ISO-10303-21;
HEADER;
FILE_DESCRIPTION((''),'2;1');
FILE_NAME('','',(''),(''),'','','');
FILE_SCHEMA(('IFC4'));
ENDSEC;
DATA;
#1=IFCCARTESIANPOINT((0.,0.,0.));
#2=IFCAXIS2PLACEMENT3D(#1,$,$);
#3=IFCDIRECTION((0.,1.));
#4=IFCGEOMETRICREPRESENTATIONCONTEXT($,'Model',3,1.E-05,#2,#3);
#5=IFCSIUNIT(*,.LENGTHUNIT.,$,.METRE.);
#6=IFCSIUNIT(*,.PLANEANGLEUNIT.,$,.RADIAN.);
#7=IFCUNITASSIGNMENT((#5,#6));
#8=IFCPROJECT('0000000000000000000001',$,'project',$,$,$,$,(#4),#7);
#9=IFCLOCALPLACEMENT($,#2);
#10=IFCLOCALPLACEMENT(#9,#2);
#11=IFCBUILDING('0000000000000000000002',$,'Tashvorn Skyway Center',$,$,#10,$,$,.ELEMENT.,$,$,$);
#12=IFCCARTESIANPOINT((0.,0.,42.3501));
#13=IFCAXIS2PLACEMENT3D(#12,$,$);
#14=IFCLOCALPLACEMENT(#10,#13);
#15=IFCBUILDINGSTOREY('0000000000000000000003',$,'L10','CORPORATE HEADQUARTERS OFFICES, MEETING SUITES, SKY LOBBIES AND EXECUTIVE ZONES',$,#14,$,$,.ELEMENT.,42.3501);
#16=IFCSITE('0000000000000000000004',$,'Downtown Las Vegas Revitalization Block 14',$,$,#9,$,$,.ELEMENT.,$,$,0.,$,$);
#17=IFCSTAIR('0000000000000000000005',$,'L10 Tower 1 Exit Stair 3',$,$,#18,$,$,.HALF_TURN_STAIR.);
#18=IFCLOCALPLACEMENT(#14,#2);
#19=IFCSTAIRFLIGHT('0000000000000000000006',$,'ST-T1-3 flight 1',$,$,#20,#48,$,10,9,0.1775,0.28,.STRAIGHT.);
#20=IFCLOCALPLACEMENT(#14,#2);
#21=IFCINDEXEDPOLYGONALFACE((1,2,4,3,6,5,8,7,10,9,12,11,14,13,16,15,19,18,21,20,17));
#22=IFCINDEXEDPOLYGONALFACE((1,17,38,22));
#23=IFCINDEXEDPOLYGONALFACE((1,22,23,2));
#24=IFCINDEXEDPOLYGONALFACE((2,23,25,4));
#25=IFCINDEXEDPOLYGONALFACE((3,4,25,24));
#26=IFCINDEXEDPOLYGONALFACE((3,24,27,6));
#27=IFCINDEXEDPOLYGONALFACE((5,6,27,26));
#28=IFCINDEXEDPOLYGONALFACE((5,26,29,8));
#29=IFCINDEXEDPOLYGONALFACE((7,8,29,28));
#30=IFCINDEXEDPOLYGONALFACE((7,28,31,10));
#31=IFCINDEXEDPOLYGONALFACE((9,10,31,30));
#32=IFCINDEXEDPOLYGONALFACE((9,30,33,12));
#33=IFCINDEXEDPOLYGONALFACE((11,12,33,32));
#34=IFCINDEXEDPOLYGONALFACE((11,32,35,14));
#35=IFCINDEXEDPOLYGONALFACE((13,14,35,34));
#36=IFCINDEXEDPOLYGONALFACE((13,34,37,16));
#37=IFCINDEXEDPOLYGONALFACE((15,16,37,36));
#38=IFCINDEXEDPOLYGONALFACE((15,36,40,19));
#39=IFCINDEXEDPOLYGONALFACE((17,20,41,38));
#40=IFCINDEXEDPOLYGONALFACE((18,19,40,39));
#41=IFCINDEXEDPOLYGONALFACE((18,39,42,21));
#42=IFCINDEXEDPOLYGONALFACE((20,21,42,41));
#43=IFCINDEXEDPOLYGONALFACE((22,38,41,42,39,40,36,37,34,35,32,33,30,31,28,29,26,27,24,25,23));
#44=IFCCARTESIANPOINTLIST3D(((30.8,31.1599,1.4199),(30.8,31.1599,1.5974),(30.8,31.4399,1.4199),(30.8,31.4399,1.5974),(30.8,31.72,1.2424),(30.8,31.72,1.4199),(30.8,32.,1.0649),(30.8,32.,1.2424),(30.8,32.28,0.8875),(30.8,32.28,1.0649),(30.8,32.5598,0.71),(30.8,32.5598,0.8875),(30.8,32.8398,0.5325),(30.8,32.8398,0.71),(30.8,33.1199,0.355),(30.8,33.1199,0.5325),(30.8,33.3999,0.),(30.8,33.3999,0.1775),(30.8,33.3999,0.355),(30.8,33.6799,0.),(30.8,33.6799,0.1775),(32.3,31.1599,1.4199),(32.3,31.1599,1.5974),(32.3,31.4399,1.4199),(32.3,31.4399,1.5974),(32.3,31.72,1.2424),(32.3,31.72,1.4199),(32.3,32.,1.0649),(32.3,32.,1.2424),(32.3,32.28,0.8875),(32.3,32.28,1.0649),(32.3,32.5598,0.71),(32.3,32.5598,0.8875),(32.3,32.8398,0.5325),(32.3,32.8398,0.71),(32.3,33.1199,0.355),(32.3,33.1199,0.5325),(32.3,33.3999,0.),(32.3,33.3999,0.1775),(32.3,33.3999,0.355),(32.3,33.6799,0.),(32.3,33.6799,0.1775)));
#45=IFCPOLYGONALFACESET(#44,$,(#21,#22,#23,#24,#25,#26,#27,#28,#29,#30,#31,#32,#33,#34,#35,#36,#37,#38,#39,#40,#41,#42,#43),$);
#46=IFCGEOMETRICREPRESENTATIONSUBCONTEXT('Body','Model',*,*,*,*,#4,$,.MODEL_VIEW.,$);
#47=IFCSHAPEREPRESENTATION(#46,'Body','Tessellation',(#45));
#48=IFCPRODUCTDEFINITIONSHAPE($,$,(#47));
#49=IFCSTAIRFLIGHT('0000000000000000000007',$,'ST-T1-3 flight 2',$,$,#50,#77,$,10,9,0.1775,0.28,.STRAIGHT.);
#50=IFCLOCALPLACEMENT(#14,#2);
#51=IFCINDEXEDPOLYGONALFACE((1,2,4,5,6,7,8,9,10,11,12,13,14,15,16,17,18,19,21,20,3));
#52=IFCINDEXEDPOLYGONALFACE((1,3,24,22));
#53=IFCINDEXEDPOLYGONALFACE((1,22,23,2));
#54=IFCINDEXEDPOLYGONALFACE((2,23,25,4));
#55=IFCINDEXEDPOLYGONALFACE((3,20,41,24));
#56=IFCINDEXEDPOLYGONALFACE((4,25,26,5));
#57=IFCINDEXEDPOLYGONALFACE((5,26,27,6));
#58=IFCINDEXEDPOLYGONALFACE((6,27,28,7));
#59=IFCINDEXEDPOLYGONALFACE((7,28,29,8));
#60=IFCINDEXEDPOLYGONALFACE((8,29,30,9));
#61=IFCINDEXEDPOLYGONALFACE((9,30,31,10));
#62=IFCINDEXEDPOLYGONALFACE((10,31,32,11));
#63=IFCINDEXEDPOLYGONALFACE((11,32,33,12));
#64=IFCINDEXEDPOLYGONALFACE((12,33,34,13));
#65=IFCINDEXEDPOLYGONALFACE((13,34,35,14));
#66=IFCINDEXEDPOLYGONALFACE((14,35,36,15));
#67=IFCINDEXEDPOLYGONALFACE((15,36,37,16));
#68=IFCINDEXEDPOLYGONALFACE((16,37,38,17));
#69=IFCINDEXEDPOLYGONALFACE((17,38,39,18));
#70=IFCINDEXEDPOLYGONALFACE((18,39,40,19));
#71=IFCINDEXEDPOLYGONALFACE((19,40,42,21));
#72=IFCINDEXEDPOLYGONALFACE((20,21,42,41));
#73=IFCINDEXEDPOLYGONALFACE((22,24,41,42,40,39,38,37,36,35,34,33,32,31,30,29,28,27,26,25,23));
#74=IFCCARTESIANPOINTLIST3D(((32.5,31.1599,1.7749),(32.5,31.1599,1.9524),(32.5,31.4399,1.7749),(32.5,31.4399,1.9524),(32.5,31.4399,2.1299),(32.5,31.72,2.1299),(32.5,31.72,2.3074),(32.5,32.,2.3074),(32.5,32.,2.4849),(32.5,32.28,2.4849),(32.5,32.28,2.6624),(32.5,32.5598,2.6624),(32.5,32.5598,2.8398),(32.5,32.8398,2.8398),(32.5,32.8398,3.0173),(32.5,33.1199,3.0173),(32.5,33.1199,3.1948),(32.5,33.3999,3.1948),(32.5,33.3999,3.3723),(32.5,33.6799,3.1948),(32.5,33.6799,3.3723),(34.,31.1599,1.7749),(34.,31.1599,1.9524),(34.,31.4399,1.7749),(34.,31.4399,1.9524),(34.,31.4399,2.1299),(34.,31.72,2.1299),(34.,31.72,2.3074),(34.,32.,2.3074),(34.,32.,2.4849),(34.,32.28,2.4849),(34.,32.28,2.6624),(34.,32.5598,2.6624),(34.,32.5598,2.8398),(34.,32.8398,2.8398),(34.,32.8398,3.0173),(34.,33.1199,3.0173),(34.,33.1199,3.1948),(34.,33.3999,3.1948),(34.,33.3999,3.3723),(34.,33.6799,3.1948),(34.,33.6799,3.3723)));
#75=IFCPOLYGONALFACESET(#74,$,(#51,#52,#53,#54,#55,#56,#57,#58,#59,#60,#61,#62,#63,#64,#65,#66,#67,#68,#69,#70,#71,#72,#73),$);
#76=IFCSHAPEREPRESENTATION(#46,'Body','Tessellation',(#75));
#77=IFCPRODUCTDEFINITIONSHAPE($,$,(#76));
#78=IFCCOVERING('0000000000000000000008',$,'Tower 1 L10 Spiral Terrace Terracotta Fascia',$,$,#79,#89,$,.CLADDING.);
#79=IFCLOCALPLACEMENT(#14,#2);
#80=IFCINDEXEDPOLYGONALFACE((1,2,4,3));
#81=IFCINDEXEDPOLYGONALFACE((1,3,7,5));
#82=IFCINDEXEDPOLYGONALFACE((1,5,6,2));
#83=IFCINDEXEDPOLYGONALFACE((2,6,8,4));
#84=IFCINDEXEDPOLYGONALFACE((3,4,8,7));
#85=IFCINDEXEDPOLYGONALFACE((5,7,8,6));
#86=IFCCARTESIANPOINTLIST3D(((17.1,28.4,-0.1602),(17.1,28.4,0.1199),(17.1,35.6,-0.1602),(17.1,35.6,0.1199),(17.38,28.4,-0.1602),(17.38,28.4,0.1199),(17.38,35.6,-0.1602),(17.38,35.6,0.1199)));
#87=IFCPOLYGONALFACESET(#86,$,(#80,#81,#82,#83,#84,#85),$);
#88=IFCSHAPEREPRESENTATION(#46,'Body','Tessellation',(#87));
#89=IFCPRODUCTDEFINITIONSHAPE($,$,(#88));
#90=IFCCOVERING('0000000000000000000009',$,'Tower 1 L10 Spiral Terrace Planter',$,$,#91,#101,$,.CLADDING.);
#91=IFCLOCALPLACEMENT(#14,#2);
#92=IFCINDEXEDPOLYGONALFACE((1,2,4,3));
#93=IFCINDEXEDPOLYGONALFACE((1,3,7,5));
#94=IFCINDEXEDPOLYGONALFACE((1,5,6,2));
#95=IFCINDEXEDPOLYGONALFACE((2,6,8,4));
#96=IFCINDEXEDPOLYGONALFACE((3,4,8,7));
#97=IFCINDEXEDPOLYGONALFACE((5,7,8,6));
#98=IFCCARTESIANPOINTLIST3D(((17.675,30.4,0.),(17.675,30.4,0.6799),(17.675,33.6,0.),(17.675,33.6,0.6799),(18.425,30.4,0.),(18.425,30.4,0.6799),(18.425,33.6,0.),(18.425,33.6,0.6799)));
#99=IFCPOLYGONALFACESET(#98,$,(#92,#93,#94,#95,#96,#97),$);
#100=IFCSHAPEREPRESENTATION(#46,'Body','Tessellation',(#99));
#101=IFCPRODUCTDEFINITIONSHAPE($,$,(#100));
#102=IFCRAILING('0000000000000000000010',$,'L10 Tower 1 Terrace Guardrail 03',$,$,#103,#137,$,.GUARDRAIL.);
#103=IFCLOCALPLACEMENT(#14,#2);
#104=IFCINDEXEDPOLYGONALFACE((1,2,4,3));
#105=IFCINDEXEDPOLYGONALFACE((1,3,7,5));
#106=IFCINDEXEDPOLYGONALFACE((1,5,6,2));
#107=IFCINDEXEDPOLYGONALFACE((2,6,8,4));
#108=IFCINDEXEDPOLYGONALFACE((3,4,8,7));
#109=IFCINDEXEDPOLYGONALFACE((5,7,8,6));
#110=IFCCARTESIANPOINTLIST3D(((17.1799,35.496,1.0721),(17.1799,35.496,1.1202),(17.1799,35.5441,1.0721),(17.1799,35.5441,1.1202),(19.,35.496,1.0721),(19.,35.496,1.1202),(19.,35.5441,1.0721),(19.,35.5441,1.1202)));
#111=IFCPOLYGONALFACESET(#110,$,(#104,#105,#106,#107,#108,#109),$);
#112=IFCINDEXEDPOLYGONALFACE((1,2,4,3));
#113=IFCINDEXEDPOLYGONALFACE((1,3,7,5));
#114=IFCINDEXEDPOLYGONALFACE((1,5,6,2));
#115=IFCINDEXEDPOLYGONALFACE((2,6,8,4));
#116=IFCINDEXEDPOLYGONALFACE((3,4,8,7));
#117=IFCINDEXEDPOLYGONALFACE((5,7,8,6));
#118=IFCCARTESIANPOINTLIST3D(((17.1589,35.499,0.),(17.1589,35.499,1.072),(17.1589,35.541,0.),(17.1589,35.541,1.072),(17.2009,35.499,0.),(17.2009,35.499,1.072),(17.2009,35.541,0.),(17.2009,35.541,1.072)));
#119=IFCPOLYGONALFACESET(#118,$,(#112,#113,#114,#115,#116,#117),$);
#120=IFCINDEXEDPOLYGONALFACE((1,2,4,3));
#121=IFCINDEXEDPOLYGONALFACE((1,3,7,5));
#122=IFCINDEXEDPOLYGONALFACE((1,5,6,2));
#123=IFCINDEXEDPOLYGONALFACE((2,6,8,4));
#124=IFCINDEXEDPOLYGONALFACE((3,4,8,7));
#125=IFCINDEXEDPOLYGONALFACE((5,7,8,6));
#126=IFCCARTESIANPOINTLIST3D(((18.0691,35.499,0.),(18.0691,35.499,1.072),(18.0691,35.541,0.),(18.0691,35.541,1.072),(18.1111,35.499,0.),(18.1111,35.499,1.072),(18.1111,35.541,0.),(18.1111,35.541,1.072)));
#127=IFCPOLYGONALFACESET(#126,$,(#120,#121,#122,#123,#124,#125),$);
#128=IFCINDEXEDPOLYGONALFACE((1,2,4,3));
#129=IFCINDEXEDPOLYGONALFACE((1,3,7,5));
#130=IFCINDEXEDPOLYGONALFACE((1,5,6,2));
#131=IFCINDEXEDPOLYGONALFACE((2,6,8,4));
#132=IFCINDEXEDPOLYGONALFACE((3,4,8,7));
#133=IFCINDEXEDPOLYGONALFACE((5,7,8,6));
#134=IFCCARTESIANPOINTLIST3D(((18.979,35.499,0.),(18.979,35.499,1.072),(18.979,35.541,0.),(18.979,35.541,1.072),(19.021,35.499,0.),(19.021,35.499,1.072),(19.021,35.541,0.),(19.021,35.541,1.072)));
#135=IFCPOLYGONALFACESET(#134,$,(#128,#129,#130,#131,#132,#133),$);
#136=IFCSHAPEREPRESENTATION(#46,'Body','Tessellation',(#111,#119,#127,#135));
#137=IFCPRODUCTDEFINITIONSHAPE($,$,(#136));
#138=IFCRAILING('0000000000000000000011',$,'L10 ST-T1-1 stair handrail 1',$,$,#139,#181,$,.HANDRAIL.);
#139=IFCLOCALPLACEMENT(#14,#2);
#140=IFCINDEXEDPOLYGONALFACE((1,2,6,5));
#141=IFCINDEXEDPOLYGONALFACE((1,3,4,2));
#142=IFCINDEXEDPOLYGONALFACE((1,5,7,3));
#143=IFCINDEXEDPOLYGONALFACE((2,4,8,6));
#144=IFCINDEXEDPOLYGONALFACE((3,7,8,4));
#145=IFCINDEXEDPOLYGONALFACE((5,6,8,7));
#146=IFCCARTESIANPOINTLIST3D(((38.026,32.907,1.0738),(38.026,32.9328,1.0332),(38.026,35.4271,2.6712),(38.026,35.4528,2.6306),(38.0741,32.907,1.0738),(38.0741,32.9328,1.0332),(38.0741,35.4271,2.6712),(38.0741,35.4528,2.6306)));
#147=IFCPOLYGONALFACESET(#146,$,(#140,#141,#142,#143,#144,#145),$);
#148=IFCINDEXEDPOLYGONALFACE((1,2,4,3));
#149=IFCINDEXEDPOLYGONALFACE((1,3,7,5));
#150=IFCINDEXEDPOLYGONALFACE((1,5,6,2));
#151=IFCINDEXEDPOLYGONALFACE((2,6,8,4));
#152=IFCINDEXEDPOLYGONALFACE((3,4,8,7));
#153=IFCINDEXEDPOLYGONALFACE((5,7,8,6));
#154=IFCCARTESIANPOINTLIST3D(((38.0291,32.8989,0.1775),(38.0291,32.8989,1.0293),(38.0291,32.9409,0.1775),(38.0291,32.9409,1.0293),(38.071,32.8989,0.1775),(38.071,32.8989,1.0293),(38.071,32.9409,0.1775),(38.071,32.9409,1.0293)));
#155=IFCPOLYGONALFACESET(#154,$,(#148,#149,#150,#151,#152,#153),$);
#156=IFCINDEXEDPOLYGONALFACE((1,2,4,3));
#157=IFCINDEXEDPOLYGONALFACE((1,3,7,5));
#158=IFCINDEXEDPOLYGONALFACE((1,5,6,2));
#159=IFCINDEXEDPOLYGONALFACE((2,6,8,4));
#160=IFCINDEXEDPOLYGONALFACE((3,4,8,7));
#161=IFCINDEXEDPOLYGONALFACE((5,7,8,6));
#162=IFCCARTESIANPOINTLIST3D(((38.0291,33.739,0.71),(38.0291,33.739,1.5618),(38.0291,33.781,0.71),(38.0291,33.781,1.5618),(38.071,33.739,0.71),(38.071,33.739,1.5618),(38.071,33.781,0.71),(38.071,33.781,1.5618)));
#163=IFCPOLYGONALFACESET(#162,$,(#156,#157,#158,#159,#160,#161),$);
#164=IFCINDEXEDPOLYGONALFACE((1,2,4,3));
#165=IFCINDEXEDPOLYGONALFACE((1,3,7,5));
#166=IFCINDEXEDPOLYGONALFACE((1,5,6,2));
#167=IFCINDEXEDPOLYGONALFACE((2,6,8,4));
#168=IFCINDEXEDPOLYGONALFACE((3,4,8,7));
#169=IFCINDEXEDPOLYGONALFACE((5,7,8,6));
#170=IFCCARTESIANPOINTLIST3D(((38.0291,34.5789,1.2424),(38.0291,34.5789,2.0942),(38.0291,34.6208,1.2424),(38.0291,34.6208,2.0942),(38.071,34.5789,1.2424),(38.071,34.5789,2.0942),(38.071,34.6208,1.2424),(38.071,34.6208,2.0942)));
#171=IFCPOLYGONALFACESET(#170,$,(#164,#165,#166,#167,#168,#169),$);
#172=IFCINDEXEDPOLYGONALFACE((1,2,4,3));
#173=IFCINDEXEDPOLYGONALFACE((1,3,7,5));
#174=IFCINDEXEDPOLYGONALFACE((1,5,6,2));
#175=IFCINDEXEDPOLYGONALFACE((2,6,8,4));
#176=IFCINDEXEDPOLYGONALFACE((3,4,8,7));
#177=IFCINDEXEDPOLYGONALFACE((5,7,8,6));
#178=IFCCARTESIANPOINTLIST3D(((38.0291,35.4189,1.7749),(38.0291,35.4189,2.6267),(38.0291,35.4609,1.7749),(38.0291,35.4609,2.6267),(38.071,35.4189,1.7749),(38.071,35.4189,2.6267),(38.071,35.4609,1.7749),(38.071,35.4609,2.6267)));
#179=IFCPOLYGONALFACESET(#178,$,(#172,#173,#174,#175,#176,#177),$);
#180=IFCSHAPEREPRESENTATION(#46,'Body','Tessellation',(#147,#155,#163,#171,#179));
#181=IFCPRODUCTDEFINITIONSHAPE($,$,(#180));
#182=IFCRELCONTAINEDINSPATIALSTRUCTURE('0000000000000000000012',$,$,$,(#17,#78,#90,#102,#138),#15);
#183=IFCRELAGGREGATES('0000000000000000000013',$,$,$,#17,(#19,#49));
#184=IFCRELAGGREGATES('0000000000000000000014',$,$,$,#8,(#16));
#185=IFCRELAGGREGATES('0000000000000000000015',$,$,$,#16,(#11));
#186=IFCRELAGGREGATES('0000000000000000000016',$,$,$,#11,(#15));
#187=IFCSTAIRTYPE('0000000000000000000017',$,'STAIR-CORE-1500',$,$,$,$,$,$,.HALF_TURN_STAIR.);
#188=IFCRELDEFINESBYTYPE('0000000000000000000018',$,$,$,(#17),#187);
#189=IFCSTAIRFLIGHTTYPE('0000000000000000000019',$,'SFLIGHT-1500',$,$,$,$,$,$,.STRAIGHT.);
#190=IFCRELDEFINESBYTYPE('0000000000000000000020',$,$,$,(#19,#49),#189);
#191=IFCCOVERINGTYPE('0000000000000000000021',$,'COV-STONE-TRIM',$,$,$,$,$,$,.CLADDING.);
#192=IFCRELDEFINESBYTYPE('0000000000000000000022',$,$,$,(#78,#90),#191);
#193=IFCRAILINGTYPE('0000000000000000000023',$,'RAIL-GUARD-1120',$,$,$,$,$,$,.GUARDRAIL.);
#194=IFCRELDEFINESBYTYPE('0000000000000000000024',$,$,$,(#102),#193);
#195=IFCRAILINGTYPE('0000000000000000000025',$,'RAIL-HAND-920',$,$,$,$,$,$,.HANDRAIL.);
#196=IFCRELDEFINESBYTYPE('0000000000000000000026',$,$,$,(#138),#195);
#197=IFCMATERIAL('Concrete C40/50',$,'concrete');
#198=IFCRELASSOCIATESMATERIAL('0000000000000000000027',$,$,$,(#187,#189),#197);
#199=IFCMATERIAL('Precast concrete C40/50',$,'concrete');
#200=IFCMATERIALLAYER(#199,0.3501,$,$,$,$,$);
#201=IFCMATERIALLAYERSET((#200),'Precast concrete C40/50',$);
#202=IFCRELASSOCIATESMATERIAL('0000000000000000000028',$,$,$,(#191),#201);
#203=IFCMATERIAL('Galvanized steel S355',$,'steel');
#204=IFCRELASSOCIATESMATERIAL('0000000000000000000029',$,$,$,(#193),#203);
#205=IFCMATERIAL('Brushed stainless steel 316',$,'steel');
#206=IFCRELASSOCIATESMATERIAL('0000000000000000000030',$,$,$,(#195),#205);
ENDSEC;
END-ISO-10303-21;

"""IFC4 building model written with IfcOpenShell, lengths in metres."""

from ifc_helpers import new_model, si_unit, direction, frame, origin, origin_2d, place, context, subcontext, project, spatial, polyline, rectangle, outline, extrude, material, layer, layer_set, type_object, element, aggregate, save


model = new_model("IFC4")

# Units and contexts
model_context = context("Model", 3, precision=1e-05, world=origin(), true_north=direction((0.0, 1.0)))
body_context = subcontext(model_context, "Body", "Model", "MODEL_VIEW")
ifc_project = project(units=[si_unit("LENGTHUNIT", "METRE"), si_unit("PLANEANGLEUNIT", "RADIAN")], contexts=[model_context])

# Site, building, storey
site_placement = place(None, origin())
site = spatial("IfcSite", under=ifc_project, at=site_placement, Name="Downtown Las Vegas Revitalization Block 14", CompositionType="ELEMENT", RefElevation=0.0)
building_placement = place(site_placement, origin())
building = spatial("IfcBuilding", under=site, at=building_placement, Name="Tashvorn Skyway Center", CompositionType="ELEMENT")
storey_placement = place(building_placement, frame((0.0, 0.0, 42.3501)))
storey = spatial("IfcBuildingStorey", under=building, at=storey_placement, Name="L10", Description="CORPORATE HEADQUARTERS OFFICES, MEETING SUITES, SKY LOBBIES AND EXECUTIVE ZONES", CompositionType="ELEMENT", Elevation=42.3501)

# Shared definitions
ifc_material_1 = material(Name="Concrete C40/50", Category="concrete")

# Stair, stair flights
stair_type = type_object("IfcStairType", Name="STAIR-CORE-1500", PredefinedType="HALF_TURN_STAIR", material=ifc_material_1)
stair_flight_type = type_object("IfcStairFlightType", Name="SFLIGHT-1500", PredefinedType="STRAIGHT", material=ifc_material_1)
stair_1_placement = place(storey_placement, origin())
stair_1 = element("IfcStair", 1, at=stair_1_placement, inside=storey, type_object=stair_type, Name="L10 Tower 1 Exit Stair 3", PredefinedType="HALF_TURN_STAIR")
stair_flight_1_placement = place(storey_placement, frame((31.55, 33.6799, 0.0), z_axis=(0.0, 0.0, 1.0), x_axis=(0.0, -1.0, 0.0)))
stair_flight_1 = element("IfcStairFlight", 2, at=stair_flight_1_placement, type_object=stair_flight_type, Name="ST-T1-3 flight 1", NumberOfRisers=10, NumberOfTreads=9, PredefinedType="STRAIGHT", RiserHeight=0.1775, TreadLength=0.28, context=body_context, shape_type="SweptSolid", body=[
    extrude(outline(polyline([(0.0, 0.0), (0.0, 0.1775), (0.28, 0.1775), (0.28, 0.355), (0.5601, 0.355), (0.5601, 0.5325), (0.8401, 0.5325), (0.8401, 0.71), (1.1201, 0.71), (1.1201, 0.8875), (1.3999, 0.8875), (1.3999, 1.0649), (1.6799, 1.0649), (1.6799, 1.2424), (1.96, 1.2424), (1.96, 1.4199), (2.24, 1.4199), (2.24, 1.5974), (2.52, 1.5974), (2.52, 1.7749), (2.52, 1.4199), (0.28, 0.0), (0.0, 0.0)])), frame((0.0, 0.75, 0.0), z_axis=(0.0, -1.0, 0.0), x_axis=(1.0, 0.0, 0.0)), (0.0, 0.0, 1.0), 1.5),
])
stair_flight_2_placement = place(storey_placement, frame((33.25, 31.1599, 1.7749), z_axis=(0.0, 0.0, 1.0), x_axis=(0.0, 1.0, 0.0)))
stair_flight_2 = element("IfcStairFlight", 3, at=stair_flight_2_placement, type_object=stair_flight_type, Name="ST-T1-3 flight 2", NumberOfRisers=10, NumberOfTreads=9, PredefinedType="STRAIGHT", RiserHeight=0.1775, TreadLength=0.28, context=body_context, shape_type="SweptSolid", body=[
    extrude(outline(polyline([(0.0, 0.0), (0.0, 0.1775), (0.28, 0.1775), (0.28, 0.355), (0.5601, 0.355), (0.5601, 0.5325), (0.8401, 0.5325), (0.8401, 0.71), (1.1201, 0.71), (1.1201, 0.8875), (1.3999, 0.8875), (1.3999, 1.0649), (1.6799, 1.0649), (1.6799, 1.2424), (1.96, 1.2424), (1.96, 1.4199), (2.24, 1.4199), (2.24, 1.5974), (2.52, 1.5974), (2.52, 1.7749), (2.52, 1.4199), (0.28, 0.0), (0.0, 0.0)])), frame((0.0, 0.75, 0.0), z_axis=(0.0, -1.0, 0.0), x_axis=(1.0, 0.0, 0.0)), (0.0, 0.0, 1.0), 1.5),
])
aggregate(stair_1, [stair_flight_1, stair_flight_2])

# Coverings
ifc_material_2 = material(Name="Precast concrete C40/50", Category="concrete")
ifc_layer_1 = layer(ifc_material_2, 0.3501)
ifc_layer_set_1 = layer_set([ifc_layer_1], Name="Precast concrete C40/50")
covering_type = type_object("IfcCoveringType", Name="COV-STONE-TRIM", PredefinedType="CLADDING", material=ifc_layer_set_1)
covering_1_placement = place(storey_placement, frame((17.24, 32.0, -0.1602), z_axis=(0.0, 0.0, 1.0), x_axis=(0.0, 1.0, 0.0)))
element("IfcCovering", 4, at=covering_1_placement, inside=storey, type_object=covering_type, Name="Tower 1 L10 Spiral Terrace Terracotta Fascia", PredefinedType="CLADDING", context=body_context, shape_type="SweptSolid", body=[
    extrude(rectangle(XDim=7.2, YDim=0.28, at=origin_2d()), origin(), (0.0, 0.0, 1.0), 0.28),
])
covering_2_placement = place(storey_placement, frame((18.05, 32.0, 0.0), z_axis=(0.0, 0.0, 1.0), x_axis=(0.0, 1.0, 0.0)))
element("IfcCovering", 5, at=covering_2_placement, inside=storey, type_object=covering_type, Name="Tower 1 L10 Spiral Terrace Planter", PredefinedType="CLADDING", context=body_context, shape_type="SweptSolid", body=[
    extrude(rectangle(XDim=3.2, YDim=0.75, at=origin_2d()), origin(), (0.0, 0.0, 1.0), 0.6799),
])

# Railings
ifc_material_3 = material(Name="Galvanized steel S355", Category="steel")
railing_type_1 = type_object("IfcRailingType", Name="RAIL-GUARD-1120", PredefinedType="GUARDRAIL", material=ifc_material_3)
railing_1_placement = place(storey_placement, frame((17.1799, 35.52, 0.0)))
element("IfcRailing", 6, at=railing_1_placement, inside=storey, type_object=railing_type_1, Name="L10 Tower 1 Terrace Guardrail 03", PredefinedType="GUARDRAIL", context=body_context, shape_type="SweptSolid", body=[
    extrude(rectangle(XDim=0.0481, YDim=0.0481, at=origin_2d()), frame((0.0, 0.0, 1.0962), z_axis=(1.0, 0.0, 0.0), x_axis=(0.0, 1.0, 0.0)), (0.0, 0.0, 1.0), 1.8201),
    extrude(rectangle(XDim=0.042, YDim=0.042, at=origin_2d()), origin(), (0.0, 0.0, 1.0), 1.072),
    extrude(rectangle(XDim=0.042, YDim=0.042, at=origin_2d()), frame((0.9102, 0.0, 0.0)), (0.0, 0.0, 1.0), 1.072),
    extrude(rectangle(XDim=0.042, YDim=0.042, at=origin_2d()), frame((1.8201, 0.0, 0.0)), (0.0, 0.0, 1.0), 1.072),
])
ifc_material_4 = material(Name="Brushed stainless steel 316", Category="steel")
railing_type_2 = type_object("IfcRailingType", Name="RAIL-HAND-920", PredefinedType="HANDRAIL", material=ifc_material_4)
railing_2_placement = place(storey_placement, frame((38.05, 32.9199, 0.1775)))
element("IfcRailing", 7, at=railing_2_placement, inside=storey, type_object=railing_type_2, Name="L10 ST-T1-1 stair handrail 1", PredefinedType="HANDRAIL", context=body_context, shape_type="SweptSolid", body=[
    extrude(rectangle(XDim=0.0481, YDim=0.0481, at=origin_2d()), frame((0.0, 0.0, 0.876), z_axis=(0.0, 0.844607, 0.535387), x_axis=(-1.0, 0.0, 0.0)), (0.0, 0.0, 1.0), 2.9836),
    extrude(rectangle(XDim=0.042, YDim=0.042, at=origin_2d()), origin(), (0.0, 0.0, 1.0), 0.8518),
    extrude(rectangle(XDim=0.042, YDim=0.042, at=origin_2d()), frame((0.0, 0.8401, 0.5325)), (0.0, 0.0, 1.0), 0.8518),
    extrude(rectangle(XDim=0.042, YDim=0.042, at=origin_2d()), frame((0.0, 1.6799, 1.0649)), (0.0, 0.0, 1.0), 0.8518),
    extrude(rectangle(XDim=0.042, YDim=0.042, at=origin_2d()), frame((0.0, 2.52, 1.5974)), (0.0, 0.0, 1.0), 0.8518),
])

save(model, "model.ifc")
